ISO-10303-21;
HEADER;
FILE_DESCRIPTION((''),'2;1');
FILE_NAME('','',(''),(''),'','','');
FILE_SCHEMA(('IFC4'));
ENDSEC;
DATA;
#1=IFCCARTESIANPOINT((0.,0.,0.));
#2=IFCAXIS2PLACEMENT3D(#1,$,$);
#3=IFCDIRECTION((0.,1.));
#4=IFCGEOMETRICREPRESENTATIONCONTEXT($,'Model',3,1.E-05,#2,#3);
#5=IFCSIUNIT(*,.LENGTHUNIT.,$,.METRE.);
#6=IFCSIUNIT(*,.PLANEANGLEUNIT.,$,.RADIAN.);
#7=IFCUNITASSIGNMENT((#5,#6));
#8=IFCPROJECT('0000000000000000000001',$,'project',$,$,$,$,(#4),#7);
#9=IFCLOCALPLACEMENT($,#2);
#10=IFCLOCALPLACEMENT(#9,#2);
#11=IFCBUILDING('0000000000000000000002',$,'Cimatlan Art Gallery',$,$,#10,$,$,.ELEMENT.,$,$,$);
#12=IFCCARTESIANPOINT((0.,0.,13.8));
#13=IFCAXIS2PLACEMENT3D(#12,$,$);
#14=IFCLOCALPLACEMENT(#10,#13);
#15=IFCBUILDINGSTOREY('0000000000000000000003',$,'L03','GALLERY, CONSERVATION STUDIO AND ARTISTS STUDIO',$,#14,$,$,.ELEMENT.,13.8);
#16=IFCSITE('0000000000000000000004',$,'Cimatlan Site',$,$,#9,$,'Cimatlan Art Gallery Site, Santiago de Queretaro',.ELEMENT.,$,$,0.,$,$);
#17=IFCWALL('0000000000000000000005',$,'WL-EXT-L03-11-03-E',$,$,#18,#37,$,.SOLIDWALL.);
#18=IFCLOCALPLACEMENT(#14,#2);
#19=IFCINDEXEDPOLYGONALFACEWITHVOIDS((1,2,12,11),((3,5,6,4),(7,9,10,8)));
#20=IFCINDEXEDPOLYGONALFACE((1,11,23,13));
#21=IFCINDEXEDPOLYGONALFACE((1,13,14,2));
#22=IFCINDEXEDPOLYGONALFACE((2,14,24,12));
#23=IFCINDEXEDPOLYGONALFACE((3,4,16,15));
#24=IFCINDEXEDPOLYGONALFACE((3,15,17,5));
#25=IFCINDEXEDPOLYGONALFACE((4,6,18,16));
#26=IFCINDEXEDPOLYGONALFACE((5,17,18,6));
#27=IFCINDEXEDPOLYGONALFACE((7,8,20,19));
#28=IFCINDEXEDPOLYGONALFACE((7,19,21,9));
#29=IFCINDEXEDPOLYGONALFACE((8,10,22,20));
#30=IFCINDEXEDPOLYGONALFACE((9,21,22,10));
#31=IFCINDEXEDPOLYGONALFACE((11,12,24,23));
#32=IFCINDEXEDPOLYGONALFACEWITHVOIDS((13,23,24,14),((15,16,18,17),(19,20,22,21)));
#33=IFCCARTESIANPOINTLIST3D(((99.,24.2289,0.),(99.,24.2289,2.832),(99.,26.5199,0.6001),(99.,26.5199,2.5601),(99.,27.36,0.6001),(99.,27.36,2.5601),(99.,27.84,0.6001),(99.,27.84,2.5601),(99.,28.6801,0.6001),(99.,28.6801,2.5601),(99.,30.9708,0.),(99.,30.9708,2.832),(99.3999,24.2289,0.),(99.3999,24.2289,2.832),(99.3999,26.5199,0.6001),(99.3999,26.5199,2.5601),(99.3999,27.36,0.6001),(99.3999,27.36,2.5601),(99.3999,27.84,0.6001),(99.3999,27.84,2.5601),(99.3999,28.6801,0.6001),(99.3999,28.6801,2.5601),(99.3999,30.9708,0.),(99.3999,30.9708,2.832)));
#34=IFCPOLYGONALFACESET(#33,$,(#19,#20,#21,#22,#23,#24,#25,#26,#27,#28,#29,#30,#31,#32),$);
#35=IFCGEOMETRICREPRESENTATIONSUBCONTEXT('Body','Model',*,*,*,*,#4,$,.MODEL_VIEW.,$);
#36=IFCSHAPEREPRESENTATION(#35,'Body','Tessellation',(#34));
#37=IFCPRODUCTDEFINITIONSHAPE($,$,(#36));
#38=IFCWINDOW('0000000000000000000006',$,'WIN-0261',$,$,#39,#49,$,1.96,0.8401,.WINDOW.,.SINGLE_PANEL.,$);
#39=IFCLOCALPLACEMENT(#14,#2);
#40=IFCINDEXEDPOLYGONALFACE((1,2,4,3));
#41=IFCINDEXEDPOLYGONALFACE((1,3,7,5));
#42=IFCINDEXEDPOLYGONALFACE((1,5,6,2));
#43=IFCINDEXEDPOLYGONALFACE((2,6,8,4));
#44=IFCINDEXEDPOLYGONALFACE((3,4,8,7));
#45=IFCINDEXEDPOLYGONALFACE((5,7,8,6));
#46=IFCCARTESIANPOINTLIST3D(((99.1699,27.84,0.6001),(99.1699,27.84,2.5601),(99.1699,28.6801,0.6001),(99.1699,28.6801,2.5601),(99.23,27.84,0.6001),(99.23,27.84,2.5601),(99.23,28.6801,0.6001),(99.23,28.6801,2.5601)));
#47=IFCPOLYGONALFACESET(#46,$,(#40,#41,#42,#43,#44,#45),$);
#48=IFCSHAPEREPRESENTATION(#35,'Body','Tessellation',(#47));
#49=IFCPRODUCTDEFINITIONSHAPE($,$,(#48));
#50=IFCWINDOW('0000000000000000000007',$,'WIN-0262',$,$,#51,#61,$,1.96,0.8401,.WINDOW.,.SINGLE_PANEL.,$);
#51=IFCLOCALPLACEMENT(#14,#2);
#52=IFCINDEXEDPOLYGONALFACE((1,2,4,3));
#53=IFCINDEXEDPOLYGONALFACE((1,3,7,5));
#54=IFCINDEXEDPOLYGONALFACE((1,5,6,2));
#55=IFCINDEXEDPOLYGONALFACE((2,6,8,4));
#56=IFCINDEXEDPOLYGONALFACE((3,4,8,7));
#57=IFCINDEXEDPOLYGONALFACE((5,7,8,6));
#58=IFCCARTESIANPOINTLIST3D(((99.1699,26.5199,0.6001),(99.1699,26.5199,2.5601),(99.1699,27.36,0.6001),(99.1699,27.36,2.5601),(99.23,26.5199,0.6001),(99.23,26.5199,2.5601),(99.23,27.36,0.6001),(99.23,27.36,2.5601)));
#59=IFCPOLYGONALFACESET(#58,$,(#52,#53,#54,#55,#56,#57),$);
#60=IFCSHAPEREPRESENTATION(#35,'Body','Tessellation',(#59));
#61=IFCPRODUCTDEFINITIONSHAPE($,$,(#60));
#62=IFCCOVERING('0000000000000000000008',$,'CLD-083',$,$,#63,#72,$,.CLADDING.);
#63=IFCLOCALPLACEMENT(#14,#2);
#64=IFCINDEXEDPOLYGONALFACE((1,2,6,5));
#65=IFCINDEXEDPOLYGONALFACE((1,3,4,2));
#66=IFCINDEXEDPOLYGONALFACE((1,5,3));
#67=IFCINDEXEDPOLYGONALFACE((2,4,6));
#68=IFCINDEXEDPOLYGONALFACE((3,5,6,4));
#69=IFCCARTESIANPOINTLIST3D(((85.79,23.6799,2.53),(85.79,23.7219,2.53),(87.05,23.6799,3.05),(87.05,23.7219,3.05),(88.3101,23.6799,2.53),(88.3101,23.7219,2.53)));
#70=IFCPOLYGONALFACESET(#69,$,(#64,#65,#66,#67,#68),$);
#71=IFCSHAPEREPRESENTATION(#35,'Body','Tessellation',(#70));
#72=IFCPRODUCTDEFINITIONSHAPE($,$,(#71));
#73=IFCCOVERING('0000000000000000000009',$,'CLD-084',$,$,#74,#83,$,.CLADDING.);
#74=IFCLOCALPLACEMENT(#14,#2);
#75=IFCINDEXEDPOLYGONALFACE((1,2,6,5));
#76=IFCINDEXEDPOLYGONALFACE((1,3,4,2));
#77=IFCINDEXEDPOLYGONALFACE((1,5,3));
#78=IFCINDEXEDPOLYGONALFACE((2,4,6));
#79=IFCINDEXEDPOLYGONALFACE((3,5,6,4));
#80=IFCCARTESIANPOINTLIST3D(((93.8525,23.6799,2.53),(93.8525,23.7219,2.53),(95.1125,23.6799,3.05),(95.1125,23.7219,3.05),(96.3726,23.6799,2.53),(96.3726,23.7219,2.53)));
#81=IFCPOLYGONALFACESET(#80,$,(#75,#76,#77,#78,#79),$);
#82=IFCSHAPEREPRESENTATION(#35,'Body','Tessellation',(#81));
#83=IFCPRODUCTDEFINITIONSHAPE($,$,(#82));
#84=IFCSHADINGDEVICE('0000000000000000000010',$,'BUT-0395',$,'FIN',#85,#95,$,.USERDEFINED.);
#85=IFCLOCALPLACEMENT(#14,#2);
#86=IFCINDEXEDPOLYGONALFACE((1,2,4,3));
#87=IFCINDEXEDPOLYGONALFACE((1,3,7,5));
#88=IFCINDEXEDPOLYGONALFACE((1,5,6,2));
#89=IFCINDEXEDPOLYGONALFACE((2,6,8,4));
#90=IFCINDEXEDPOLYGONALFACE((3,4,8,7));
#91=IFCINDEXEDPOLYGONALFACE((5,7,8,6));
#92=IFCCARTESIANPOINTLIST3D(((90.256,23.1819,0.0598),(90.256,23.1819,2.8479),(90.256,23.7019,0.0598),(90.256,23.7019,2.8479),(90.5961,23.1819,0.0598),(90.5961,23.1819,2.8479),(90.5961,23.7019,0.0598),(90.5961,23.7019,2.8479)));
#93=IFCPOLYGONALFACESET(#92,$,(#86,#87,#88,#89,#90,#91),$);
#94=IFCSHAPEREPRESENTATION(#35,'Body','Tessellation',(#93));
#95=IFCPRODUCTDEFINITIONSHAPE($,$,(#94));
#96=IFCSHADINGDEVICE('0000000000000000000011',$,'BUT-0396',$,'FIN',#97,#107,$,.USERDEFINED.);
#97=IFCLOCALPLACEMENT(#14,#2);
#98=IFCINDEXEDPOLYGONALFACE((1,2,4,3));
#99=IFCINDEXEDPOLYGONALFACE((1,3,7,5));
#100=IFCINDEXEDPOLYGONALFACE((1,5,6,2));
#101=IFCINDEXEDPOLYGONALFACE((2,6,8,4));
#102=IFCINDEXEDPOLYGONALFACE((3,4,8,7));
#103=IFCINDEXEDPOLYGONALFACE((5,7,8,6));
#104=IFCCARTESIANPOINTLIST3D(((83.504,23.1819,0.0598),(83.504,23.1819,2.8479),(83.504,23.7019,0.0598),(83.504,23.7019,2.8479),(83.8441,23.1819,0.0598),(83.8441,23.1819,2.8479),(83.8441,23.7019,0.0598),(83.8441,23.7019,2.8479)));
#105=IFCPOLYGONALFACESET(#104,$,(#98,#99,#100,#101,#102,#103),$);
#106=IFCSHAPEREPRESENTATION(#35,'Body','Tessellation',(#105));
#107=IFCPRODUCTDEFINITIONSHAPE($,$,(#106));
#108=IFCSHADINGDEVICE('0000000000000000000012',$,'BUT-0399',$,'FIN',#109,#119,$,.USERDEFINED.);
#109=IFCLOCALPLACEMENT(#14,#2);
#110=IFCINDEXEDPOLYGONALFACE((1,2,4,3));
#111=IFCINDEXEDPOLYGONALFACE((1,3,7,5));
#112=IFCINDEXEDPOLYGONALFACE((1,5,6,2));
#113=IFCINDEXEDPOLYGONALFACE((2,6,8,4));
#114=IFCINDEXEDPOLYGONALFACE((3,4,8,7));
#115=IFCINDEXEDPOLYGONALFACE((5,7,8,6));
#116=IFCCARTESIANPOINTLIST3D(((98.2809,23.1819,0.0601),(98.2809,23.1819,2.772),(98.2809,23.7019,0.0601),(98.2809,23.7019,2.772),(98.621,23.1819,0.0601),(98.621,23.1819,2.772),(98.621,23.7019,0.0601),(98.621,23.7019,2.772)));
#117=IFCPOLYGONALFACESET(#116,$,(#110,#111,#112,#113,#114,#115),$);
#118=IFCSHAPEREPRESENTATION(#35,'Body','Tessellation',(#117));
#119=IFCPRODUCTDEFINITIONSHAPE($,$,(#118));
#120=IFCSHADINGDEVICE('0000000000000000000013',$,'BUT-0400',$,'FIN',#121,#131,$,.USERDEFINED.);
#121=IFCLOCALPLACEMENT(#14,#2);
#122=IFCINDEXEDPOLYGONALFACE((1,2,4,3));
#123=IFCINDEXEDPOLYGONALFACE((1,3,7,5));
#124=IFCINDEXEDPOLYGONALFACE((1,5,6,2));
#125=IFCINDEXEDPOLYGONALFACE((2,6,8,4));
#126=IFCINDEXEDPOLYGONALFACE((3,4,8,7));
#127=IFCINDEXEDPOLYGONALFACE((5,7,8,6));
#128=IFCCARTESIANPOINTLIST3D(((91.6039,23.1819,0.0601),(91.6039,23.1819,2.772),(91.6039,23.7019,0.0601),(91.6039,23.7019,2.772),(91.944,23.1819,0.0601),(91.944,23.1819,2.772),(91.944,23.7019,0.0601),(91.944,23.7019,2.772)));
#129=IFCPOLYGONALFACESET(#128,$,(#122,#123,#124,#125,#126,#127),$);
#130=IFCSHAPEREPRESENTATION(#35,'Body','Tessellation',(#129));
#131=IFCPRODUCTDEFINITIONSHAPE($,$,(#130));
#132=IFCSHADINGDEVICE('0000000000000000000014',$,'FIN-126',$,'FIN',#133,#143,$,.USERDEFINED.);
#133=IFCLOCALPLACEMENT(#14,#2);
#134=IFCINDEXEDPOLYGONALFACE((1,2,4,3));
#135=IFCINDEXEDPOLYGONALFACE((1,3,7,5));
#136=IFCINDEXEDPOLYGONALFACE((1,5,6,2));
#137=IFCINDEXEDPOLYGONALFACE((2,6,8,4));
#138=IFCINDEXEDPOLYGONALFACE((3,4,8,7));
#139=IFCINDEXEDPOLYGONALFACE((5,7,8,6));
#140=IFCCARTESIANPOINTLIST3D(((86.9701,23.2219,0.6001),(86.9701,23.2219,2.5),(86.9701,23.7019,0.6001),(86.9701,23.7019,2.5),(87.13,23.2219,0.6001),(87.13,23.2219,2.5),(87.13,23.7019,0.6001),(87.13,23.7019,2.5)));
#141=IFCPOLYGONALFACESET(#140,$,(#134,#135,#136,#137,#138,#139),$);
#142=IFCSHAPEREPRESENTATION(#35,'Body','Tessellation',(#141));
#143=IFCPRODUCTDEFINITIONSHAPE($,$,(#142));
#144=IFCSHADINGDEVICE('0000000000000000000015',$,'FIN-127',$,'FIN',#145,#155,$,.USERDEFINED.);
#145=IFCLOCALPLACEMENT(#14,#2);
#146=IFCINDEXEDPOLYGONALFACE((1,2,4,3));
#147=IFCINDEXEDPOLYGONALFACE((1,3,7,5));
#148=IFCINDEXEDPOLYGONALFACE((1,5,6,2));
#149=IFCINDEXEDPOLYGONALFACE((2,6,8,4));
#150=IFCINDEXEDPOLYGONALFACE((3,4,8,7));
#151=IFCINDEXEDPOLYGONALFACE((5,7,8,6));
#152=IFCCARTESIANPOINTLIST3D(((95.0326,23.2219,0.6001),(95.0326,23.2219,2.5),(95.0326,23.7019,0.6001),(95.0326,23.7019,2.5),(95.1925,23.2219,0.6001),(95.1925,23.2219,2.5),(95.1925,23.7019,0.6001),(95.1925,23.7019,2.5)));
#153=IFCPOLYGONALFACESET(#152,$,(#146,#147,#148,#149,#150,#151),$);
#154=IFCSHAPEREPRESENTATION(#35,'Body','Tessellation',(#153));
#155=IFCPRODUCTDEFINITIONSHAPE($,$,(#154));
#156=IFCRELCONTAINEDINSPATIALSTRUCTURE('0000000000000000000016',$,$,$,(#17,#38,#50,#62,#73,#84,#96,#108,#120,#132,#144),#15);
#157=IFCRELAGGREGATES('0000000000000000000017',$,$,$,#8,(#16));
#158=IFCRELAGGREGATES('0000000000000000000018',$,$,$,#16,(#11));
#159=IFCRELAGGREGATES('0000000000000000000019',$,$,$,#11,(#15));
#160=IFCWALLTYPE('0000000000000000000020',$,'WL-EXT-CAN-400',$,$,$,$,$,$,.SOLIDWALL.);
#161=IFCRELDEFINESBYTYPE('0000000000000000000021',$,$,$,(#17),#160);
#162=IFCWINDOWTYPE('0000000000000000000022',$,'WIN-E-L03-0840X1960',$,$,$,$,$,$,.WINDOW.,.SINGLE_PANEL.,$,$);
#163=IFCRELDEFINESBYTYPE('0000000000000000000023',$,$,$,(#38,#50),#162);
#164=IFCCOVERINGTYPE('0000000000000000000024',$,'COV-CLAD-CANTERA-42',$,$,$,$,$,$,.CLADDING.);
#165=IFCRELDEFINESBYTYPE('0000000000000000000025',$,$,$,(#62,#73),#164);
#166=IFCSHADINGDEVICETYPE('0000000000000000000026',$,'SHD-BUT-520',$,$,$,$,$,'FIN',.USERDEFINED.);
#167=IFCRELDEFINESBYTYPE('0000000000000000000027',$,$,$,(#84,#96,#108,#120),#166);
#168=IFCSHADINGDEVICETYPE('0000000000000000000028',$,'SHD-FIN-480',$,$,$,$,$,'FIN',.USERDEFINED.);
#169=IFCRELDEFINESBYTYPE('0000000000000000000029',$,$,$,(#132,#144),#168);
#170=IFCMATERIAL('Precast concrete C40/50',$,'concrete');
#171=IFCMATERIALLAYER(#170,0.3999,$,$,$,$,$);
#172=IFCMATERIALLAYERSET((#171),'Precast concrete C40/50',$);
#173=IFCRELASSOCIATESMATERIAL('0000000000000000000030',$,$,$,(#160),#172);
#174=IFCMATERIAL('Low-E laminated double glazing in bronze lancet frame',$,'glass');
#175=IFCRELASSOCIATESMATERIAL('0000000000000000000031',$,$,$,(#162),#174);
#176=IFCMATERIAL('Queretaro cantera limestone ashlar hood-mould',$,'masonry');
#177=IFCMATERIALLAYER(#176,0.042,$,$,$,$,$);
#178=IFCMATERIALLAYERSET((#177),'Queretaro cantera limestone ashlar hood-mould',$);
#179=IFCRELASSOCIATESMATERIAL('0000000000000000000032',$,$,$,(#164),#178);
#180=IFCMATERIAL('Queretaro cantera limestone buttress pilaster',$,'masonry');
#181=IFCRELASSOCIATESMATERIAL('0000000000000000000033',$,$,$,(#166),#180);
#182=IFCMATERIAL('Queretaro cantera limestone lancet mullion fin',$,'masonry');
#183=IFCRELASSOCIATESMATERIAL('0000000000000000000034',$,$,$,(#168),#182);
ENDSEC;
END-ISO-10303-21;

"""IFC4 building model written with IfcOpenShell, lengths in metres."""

from ifc_helpers import new_model, si_unit, direction, frame, frame_2d, origin, origin_2d, place, context, subcontext, project, spatial, polyline, rectangle, outline, extrude, material, layer, layer_set, type_object, element, fill, save


model = new_model("IFC4")

# Units and contexts
model_context = context("Model", 3, precision=1e-05, world=origin(), true_north=direction((0.0, 1.0)))
body_context = subcontext(model_context, "Body", "Model", "MODEL_VIEW")
ifc_project = project(units=[si_unit("LENGTHUNIT", "METRE"), si_unit("PLANEANGLEUNIT", "RADIAN")], contexts=[model_context])

# Site, building, storey
site_placement = place(None, origin())
site = spatial("IfcSite", under=ifc_project, at=site_placement, Name="Cimatlan Site", LongName="Cimatlan Art Gallery Site, Santiago de Queretaro", CompositionType="ELEMENT", RefElevation=0.0)
building_placement = place(site_placement, origin())
building = spatial("IfcBuilding", under=site, at=building_placement, Name="Cimatlan Art Gallery", CompositionType="ELEMENT")
storey_placement = place(building_placement, frame((0.0, 0.0, 13.8)))
storey = spatial("IfcBuildingStorey", under=building, at=storey_placement, Name="L03", Description="GALLERY, CONSERVATION STUDIO AND ARTISTS STUDIO", CompositionType="ELEMENT", Elevation=13.8)

# Wall, openings, windows
ifc_material_1 = material(Name="Precast concrete C40/50", Category="concrete")
ifc_layer_1 = layer(ifc_material_1, 0.3999)
ifc_layer_set_1 = layer_set([ifc_layer_1], Name="Precast concrete C40/50")
wall_type = type_object("IfcWallType", Name="WL-EXT-CAN-400", PredefinedType="SOLIDWALL", material=ifc_layer_set_1)
ifc_material_2 = material(Name="Low-E laminated double glazing in bronze lancet frame", Category="glass")
wall_1_placement = place(storey_placement, frame((99.2, 30.9709, 0.0), z_axis=(0.0, 0.0, 1.0), x_axis=(0.0, -1.0, 0.0)))
wall_1 = element("IfcWall", 1, at=wall_1_placement, inside=storey, type_object=wall_type, Name="WL-EXT-L03-11-03-E", PredefinedType="SOLIDWALL", context=body_context, shape_type="SweptSolid", body=[
    extrude(rectangle(XDim=6.7419, YDim=0.3999, at=frame_2d((3.3711, 0.0))), origin(), (0.0, 0.0, 1.0), 2.832),
])
opening_1_placement = place(wall_1_placement, frame((2.291, 0.0, 0.6001)))
opening_1 = element("IfcOpeningElement", 2, at=opening_1_placement, cuts=wall_1, PredefinedType="OPENING", context=body_context, shape_type="SweptSolid", body=[
    extrude(rectangle(XDim=0.8401, YDim=1.96, at=frame_2d((0.4199, 0.98))), frame((0.0, 0.21, 0.0), z_axis=(0.0, -1.0, 0.0), x_axis=(1.0, 0.0, 0.0)), (0.0, 0.0, 1.0), 0.4199),
])
opening_2_placement = place(wall_1_placement, frame((3.6111, 0.0, 0.6001)))
opening_2 = element("IfcOpeningElement", 3, at=opening_2_placement, cuts=wall_1, PredefinedType="OPENING", context=body_context, shape_type="SweptSolid", body=[
    extrude(rectangle(XDim=0.8401, YDim=1.96, at=frame_2d((0.4199, 0.98))), frame((0.0, 0.21, 0.0), z_axis=(0.0, -1.0, 0.0), x_axis=(1.0, 0.0, 0.0)), (0.0, 0.0, 1.0), 0.4199),
])
window_type_1 = type_object("IfcWindowType", Name="WIN-E-L03-0840X1960", PartitioningType="SINGLE_PANEL", PredefinedType="WINDOW", material=ifc_material_2)
window_1_placement = place(opening_1_placement, origin())
window_1 = element("IfcWindow", 4, at=window_1_placement, inside=storey, type_object=window_type_1, Name="WIN-0261", OverallHeight=1.96, OverallWidth=0.8401, PartitioningType="SINGLE_PANEL", PredefinedType="WINDOW", context=body_context, shape_type="SweptSolid", body=[
    extrude(rectangle(XDim=0.8401, YDim=1.96, at=frame_2d((0.4199, 0.98))), frame((0.0, 0.03, 0.0), z_axis=(0.0, -1.0, 0.0), x_axis=(1.0, 0.0, 0.0)), (0.0, 0.0, 1.0), 0.0601),
])
fill(opening_1, window_1)
window_2_placement = place(opening_2_placement, origin())
window_2 = element("IfcWindow", 5, at=window_2_placement, inside=storey, type_object=window_type_1, Name="WIN-0262", OverallHeight=1.96, OverallWidth=0.8401, PartitioningType="SINGLE_PANEL", PredefinedType="WINDOW", context=body_context, shape_type="SweptSolid", body=[
    extrude(rectangle(XDim=0.8401, YDim=1.96, at=frame_2d((0.4199, 0.98))), frame((0.0, 0.03, 0.0), z_axis=(0.0, -1.0, 0.0), x_axis=(1.0, 0.0, 0.0)), (0.0, 0.0, 1.0), 0.0601),
])
fill(opening_2, window_2)

# Coverings
ifc_material_3 = material(Name="Queretaro cantera limestone ashlar hood-mould", Category="masonry")
ifc_layer_2 = layer(ifc_material_3, 0.042)
ifc_layer_set_2 = layer_set([ifc_layer_2], Name="Queretaro cantera limestone ashlar hood-mould")
covering_type = type_object("IfcCoveringType", Name="COV-CLAD-CANTERA-42", PredefinedType="CLADDING", material=ifc_layer_set_2)
for number, where, z_axis, x_axis, name in (
    (6, (88.3101, 23.7219, 2.53), (0.0, 1.0, 0.0), (-1.0, 0.0, 0.0), "CLD-083"),
    (7, (96.3726, 23.7219, 2.53), (0.0, 1.0, 0.0), (-1.0, 0.0, 0.0), "CLD-084"),
):
    element("IfcCovering", number, at=place(storey_placement, frame(where, z_axis=z_axis, x_axis=x_axis)), inside=storey, type_object=covering_type, Name=name, PredefinedType="CLADDING", context=body_context, shape_type="SweptSolid", body=[
        extrude(outline(polyline([(0.0, 0.0), (2.52, 0.0), (1.26, 0.52), (0.0, 0.0)])), origin(), (0.0, 0.0, -1.0), 0.042),
    ])

# Shading devices
ifc_material_4 = material(Name="Queretaro cantera limestone buttress pilaster", Category="masonry")
shading_device_type_1 = type_object("IfcShadingDeviceType", Name="SHD-BUT-520", ElementType="FIN", PredefinedType="USERDEFINED", material=ifc_material_4)
for number, where, z_axis, x_axis, name in (
    (8, (90.426, 23.4419, 0.0598), (0.0, 0.0, 1.0), (-1.0, 0.0, 0.0), "BUT-0395"),
    (9, (83.6741, 23.4419, 0.0598), (0.0, 0.0, 1.0), (-1.0, 0.0, 0.0), "BUT-0396"),
):
    element("IfcShadingDevice", number, at=place(storey_placement, frame(where, z_axis=z_axis, x_axis=x_axis)), inside=storey, type_object=shading_device_type_1, Name=name, ObjectType="FIN", PredefinedType="USERDEFINED", context=body_context, shape_type="SweptSolid", body=[
        extrude(rectangle(XDim=0.3401, YDim=0.52, at=origin_2d()), origin(), (0.0, 0.0, 1.0), 2.7881),
    ])
for number, where, z_axis, x_axis, name in (
    (10, (98.4509, 23.4419, 0.0601), (0.0, 0.0, 1.0), (-1.0, 0.0, 0.0), "BUT-0399"),
    (11, (91.7739, 23.4419, 0.0601), (0.0, 0.0, 1.0), (-1.0, 0.0, 0.0), "BUT-0400"),
):
    element("IfcShadingDevice", number, at=place(storey_placement, frame(where, z_axis=z_axis, x_axis=x_axis)), inside=storey, type_object=shading_device_type_1, Name=name, ObjectType="FIN", PredefinedType="USERDEFINED", context=body_context, shape_type="SweptSolid", body=[
        extrude(rectangle(XDim=0.3401, YDim=0.52, at=origin_2d()), origin(), (0.0, 0.0, 1.0), 2.7119),
    ])
ifc_material_5 = material(Name="Queretaro cantera limestone lancet mullion fin", Category="masonry")
shading_device_type_2 = type_object("IfcShadingDeviceType", Name="SHD-FIN-480", ElementType="FIN", PredefinedType="USERDEFINED", material=ifc_material_5)
for number, where, z_axis, x_axis, name in (
    (12, (87.05, 23.4619, 0.6001), (0.0, 0.0, 1.0), (-1.0, 0.0, 0.0), "FIN-126"),
    (13, (95.1125, 23.4619, 0.6001), (0.0, 0.0, 1.0), (-1.0, 0.0, 0.0), "FIN-127"),
):
    element("IfcShadingDevice", number, at=place(storey_placement, frame(where, z_axis=z_axis, x_axis=x_axis)), inside=storey, type_object=shading_device_type_2, Name=name, ObjectType="FIN", PredefinedType="USERDEFINED", context=body_context, shape_type="SweptSolid", body=[
        extrude(rectangle(XDim=0.1599, YDim=0.48, at=origin_2d()), origin(), (0.0, 0.0, 1.0), 1.8999),
    ])

save(model, "model.ifc")
